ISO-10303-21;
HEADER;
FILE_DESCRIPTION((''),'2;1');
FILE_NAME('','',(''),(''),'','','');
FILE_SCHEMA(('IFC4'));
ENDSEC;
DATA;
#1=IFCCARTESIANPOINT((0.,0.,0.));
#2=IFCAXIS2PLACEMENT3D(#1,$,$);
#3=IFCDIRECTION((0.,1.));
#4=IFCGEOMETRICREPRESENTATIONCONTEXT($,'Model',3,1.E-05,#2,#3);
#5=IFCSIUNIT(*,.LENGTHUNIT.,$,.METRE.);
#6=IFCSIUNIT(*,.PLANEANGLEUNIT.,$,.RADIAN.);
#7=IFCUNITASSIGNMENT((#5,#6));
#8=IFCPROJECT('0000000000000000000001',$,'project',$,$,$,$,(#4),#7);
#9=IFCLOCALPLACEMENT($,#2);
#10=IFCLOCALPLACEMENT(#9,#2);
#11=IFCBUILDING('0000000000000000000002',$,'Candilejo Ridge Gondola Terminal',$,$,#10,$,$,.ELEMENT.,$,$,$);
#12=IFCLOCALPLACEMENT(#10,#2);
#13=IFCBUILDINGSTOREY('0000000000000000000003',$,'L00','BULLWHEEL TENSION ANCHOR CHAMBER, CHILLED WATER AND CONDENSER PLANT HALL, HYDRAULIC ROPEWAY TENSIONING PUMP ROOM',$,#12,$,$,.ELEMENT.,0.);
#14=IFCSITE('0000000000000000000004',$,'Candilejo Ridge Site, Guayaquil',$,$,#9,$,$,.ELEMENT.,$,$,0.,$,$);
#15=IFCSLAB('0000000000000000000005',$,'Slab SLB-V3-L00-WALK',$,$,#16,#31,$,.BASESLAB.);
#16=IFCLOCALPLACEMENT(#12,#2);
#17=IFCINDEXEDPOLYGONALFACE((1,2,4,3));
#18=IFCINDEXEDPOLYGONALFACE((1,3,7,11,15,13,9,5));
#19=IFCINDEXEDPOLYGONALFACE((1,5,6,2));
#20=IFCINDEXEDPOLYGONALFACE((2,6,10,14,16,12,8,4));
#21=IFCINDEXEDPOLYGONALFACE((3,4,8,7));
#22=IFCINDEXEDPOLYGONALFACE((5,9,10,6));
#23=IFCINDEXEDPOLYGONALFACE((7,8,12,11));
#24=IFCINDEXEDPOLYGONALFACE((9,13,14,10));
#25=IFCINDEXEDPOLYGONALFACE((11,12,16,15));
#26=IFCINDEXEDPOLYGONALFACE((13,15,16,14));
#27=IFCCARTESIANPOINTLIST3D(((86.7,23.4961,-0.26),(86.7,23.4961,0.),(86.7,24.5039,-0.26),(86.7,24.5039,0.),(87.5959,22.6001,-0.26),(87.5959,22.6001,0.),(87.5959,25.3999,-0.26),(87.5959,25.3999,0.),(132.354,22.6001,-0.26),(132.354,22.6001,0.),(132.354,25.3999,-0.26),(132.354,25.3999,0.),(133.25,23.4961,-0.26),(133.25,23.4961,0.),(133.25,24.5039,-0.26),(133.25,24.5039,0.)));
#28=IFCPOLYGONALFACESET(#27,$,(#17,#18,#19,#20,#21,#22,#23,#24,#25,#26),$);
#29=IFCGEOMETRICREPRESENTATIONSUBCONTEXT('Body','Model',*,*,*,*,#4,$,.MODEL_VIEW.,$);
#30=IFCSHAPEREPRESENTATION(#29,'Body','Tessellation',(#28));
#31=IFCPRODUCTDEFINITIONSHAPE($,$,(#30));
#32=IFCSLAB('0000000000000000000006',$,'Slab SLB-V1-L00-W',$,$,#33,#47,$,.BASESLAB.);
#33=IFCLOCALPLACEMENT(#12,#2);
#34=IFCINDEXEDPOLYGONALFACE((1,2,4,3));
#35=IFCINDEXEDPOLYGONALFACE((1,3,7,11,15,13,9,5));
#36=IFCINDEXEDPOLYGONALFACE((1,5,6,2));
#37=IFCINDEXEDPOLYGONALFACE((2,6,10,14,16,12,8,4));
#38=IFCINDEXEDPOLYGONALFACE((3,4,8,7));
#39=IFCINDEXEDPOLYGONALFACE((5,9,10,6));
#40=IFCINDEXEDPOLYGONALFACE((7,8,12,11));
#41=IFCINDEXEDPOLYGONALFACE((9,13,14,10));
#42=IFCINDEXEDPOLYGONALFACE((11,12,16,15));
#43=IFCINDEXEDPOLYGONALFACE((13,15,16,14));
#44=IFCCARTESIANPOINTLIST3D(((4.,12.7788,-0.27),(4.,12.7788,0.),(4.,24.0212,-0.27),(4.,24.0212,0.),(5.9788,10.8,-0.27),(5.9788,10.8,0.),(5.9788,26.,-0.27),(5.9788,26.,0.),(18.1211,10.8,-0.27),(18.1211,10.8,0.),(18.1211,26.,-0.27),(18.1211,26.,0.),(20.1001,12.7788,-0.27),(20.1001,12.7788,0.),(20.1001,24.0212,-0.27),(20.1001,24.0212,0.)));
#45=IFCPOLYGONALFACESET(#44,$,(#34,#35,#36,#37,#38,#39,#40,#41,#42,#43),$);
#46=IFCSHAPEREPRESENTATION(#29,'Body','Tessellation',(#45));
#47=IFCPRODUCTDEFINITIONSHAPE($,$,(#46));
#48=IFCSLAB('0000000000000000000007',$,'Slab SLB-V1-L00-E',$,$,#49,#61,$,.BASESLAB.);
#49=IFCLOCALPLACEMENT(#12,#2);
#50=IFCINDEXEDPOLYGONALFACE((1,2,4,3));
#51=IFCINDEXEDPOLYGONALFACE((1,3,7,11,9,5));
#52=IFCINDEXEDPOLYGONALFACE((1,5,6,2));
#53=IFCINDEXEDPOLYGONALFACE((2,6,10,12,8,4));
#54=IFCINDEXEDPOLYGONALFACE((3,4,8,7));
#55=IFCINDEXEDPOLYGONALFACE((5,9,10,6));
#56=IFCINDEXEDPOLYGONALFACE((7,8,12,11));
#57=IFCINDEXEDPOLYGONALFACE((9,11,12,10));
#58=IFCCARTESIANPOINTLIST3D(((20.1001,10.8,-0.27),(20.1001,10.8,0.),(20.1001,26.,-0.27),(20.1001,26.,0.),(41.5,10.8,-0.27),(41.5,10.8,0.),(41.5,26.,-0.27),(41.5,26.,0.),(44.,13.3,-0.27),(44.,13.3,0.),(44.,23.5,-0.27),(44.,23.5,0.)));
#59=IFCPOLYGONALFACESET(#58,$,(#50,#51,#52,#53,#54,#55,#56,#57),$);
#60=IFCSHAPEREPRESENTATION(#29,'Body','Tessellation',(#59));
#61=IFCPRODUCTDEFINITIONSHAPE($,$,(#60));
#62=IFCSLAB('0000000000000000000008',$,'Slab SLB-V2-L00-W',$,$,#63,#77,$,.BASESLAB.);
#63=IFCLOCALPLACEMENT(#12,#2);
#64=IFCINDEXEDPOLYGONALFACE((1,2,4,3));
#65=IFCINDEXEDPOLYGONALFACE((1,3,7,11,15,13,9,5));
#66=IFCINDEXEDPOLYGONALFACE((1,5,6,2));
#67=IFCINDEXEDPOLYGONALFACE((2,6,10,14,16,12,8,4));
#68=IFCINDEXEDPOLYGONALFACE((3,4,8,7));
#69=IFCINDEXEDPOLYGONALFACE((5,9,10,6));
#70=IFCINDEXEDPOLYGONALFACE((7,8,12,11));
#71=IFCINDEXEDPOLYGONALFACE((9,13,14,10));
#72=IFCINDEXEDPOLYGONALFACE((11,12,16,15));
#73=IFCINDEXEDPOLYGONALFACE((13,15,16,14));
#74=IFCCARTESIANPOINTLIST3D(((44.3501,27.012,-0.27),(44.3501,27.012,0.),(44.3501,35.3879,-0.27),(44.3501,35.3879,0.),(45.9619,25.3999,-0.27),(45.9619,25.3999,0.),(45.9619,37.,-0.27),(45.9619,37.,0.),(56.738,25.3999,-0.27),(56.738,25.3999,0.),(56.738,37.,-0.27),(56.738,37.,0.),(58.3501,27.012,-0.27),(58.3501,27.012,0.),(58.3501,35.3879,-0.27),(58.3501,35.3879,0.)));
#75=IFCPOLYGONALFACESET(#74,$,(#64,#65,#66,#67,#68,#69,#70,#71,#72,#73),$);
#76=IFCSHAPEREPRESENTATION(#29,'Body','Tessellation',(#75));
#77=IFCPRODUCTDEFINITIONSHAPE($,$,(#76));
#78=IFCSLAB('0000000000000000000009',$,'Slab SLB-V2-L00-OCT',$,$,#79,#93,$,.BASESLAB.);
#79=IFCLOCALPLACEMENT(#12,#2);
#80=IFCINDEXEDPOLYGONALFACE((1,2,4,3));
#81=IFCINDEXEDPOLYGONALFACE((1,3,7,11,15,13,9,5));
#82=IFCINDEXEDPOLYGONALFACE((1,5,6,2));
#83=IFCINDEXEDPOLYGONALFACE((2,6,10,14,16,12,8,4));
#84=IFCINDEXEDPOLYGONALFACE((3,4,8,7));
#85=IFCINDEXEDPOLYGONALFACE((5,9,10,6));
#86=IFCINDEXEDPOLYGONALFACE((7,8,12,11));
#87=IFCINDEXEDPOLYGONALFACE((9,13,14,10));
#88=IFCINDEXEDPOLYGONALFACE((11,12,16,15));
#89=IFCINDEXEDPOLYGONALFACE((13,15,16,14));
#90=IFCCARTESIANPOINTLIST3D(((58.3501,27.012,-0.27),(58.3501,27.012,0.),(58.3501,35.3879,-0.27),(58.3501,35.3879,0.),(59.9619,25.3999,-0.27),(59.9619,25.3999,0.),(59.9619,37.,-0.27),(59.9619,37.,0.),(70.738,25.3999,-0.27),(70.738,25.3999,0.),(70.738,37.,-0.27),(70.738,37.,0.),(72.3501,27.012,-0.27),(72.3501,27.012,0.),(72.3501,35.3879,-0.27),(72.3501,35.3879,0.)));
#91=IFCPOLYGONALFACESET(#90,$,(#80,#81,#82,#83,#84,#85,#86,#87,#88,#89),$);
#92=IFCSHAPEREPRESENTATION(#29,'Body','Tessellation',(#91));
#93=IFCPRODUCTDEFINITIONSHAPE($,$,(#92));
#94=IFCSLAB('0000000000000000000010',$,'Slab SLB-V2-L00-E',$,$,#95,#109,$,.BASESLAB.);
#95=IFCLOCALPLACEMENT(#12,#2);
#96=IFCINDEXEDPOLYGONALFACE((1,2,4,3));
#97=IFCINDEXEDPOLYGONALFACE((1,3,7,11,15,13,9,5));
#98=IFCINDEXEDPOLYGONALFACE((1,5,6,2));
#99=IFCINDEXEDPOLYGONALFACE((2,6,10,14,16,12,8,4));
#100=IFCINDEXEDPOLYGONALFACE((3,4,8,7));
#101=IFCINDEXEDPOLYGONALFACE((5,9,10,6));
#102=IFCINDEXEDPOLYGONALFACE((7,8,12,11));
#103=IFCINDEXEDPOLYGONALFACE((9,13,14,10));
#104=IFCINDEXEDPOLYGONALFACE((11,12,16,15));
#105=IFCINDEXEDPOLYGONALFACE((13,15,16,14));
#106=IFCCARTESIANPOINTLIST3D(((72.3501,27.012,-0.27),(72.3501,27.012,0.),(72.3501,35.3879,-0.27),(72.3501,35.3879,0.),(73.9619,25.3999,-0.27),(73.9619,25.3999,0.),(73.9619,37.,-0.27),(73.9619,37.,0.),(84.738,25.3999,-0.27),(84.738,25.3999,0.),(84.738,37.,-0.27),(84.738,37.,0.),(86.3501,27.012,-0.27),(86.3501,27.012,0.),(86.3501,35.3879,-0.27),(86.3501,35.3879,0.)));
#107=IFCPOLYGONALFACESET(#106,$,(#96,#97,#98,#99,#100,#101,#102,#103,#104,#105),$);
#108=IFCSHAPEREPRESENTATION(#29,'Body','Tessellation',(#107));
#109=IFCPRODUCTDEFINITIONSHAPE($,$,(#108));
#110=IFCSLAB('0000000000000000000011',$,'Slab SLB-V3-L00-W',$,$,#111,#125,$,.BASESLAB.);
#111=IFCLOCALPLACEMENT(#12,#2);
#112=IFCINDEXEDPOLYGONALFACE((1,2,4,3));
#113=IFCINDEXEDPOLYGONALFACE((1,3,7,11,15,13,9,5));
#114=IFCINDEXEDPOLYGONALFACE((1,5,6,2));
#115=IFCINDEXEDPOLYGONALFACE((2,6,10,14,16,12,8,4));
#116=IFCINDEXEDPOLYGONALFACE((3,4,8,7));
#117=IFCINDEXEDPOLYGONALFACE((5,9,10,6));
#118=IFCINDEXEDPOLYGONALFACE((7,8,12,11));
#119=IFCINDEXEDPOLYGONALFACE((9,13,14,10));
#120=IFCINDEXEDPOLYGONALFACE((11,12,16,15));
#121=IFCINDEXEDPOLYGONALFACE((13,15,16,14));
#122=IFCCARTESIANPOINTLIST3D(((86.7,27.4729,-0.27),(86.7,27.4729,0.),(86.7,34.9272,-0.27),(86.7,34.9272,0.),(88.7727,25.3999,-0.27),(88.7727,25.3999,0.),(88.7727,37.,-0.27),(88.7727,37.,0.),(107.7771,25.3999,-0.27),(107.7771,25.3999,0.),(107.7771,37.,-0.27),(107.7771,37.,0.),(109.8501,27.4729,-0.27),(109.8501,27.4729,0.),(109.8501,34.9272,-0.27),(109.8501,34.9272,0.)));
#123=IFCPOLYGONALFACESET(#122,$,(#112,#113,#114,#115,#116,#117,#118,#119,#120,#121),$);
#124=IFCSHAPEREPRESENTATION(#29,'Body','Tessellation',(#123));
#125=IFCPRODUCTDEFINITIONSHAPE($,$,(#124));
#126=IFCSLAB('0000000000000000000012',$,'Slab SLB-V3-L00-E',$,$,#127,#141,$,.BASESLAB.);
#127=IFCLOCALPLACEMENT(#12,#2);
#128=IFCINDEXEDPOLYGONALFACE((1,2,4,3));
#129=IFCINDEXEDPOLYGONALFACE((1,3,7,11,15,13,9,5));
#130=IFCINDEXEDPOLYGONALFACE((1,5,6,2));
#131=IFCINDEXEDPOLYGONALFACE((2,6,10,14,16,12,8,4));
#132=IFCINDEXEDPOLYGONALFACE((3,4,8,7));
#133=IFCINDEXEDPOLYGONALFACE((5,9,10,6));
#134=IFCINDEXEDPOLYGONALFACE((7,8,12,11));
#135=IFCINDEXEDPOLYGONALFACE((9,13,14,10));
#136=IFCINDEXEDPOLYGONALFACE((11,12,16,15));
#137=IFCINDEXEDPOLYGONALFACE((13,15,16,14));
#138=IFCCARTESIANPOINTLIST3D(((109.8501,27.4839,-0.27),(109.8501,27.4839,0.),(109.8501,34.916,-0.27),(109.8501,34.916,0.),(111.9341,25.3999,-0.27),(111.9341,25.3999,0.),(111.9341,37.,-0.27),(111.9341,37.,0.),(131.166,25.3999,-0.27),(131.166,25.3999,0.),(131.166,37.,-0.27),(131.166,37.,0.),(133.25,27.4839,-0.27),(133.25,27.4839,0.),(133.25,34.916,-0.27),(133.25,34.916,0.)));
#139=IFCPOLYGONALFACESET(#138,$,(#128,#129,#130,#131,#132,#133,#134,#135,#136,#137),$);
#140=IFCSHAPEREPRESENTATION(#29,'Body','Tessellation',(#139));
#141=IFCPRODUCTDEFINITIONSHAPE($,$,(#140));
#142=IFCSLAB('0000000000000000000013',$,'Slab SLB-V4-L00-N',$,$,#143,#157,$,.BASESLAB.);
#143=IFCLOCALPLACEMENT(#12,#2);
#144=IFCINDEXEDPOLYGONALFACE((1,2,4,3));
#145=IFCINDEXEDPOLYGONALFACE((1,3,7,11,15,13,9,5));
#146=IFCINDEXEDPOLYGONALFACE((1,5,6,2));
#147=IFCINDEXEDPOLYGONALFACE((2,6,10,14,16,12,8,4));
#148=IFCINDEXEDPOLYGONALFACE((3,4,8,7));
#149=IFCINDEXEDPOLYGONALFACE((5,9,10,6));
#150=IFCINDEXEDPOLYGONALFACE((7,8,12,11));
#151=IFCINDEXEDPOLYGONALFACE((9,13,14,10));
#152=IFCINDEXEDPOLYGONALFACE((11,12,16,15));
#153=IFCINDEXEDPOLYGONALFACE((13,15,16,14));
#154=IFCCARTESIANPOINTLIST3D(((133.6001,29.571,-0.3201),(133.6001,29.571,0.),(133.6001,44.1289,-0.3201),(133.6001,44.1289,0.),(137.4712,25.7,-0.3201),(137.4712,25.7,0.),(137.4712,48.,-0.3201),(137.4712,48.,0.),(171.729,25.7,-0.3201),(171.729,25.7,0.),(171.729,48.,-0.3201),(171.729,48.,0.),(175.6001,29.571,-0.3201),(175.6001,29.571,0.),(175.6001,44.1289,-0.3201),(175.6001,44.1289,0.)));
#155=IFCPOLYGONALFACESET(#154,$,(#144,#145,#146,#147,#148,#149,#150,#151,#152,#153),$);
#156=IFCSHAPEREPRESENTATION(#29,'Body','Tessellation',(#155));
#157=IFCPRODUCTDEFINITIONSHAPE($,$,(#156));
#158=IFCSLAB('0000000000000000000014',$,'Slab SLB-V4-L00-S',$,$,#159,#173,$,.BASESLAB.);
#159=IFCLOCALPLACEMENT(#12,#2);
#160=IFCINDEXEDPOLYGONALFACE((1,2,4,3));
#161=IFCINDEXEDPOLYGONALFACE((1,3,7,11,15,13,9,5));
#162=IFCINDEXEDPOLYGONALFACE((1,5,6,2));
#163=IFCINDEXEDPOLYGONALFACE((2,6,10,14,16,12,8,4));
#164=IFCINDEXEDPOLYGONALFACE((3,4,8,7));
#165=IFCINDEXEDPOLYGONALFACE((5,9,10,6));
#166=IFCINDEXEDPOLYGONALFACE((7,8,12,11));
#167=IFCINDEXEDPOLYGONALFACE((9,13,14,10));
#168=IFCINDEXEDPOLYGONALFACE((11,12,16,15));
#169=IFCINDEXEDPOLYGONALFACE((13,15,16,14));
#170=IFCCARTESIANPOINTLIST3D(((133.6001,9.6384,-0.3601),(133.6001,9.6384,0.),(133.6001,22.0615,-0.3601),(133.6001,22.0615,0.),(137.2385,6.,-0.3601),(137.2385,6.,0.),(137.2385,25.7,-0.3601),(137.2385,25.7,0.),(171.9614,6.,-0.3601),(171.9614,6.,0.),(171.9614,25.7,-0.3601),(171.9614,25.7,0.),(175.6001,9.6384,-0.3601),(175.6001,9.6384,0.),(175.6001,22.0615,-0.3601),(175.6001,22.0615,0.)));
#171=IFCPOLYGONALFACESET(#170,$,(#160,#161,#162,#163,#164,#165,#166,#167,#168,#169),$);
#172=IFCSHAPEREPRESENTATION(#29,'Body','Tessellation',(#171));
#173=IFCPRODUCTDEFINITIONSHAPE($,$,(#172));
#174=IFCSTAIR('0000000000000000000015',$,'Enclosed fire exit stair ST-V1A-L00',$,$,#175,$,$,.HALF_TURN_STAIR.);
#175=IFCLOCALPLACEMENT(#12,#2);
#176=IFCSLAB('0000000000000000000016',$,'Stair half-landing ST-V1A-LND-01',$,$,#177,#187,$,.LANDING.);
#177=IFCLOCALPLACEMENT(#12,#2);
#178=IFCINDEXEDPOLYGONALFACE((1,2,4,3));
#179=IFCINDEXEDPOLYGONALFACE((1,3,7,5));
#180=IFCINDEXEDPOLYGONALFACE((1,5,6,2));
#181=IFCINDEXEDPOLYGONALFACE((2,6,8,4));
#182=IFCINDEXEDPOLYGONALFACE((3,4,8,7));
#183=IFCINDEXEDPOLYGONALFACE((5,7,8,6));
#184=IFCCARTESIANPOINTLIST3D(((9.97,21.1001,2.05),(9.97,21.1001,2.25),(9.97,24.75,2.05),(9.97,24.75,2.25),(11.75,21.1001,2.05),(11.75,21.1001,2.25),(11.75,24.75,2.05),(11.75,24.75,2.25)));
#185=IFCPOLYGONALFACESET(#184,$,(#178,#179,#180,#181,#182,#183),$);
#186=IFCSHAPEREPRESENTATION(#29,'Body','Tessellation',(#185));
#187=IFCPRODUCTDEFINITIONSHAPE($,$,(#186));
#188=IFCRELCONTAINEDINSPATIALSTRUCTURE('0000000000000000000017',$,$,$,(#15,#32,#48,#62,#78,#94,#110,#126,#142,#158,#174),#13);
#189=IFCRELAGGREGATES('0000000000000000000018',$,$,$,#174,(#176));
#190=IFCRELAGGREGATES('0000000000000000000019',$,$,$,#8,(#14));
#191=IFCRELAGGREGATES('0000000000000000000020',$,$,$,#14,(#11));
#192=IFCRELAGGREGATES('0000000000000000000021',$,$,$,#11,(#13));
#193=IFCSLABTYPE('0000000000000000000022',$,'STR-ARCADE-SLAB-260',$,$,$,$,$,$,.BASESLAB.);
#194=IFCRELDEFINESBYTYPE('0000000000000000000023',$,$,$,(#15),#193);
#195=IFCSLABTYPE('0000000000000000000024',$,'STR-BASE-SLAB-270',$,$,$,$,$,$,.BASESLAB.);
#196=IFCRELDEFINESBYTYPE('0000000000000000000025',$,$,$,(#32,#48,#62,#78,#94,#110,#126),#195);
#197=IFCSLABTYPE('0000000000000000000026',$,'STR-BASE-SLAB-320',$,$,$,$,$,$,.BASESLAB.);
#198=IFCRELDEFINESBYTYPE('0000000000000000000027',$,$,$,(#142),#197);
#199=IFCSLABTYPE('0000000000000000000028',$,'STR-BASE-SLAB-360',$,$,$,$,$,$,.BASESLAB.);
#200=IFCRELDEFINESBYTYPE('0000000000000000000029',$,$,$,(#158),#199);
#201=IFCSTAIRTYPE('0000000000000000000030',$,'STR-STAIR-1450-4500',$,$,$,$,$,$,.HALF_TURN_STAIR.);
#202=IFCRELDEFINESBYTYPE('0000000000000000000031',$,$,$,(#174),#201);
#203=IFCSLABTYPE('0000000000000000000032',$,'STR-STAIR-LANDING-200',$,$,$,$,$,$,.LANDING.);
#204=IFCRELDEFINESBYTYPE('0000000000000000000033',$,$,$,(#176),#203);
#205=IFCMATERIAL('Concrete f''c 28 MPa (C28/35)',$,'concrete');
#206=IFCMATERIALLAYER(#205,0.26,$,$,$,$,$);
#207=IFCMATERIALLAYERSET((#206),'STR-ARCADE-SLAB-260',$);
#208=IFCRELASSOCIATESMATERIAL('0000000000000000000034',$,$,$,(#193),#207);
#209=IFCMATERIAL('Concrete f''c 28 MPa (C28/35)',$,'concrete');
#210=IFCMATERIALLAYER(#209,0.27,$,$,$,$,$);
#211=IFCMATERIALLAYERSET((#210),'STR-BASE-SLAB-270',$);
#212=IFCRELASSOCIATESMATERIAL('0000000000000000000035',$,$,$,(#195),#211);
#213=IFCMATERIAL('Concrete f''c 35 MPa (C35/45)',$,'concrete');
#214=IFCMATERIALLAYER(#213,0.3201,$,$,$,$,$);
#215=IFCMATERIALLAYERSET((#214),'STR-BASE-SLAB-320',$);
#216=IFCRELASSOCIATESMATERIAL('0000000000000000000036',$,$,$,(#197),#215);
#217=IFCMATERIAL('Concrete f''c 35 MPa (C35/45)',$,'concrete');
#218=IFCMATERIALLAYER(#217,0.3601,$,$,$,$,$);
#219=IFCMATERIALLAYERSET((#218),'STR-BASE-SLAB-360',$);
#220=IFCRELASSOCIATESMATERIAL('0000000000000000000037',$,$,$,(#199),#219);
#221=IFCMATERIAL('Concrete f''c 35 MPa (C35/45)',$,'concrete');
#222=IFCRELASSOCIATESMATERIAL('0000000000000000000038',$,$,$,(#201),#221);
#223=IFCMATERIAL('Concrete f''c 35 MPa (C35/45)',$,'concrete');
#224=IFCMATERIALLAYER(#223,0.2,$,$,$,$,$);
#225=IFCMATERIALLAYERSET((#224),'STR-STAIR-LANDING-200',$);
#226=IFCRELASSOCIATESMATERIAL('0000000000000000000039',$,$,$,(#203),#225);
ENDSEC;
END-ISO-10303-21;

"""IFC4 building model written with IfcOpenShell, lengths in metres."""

from ifc_helpers import new_model, si_unit, direction, frame, origin, place, context, subcontext, project, spatial, polyline, outline, extrude, material, layer, layer_set, type_object, element, aggregate, save


model = new_model("IFC4")

# Units and contexts
model_context = context("Model", 3, precision=1e-05, world=origin(), true_north=direction((0.0, 1.0)))
body_context = subcontext(model_context, "Body", "Model", "MODEL_VIEW")
ifc_project = project(units=[si_unit("LENGTHUNIT", "METRE"), si_unit("PLANEANGLEUNIT", "RADIAN")], contexts=[model_context])

# Site, building, storey
site_placement = place(None, origin())
site = spatial("IfcSite", under=ifc_project, at=site_placement, Name="Candilejo Ridge Site, Guayaquil", CompositionType="ELEMENT", RefElevation=0.0)
building_placement = place(site_placement, origin())
building = spatial("IfcBuilding", under=site, at=building_placement, Name="Candilejo Ridge Gondola Terminal", CompositionType="ELEMENT")
storey_placement = place(building_placement, origin())
storey = spatial("IfcBuildingStorey", under=building, at=storey_placement, Name="L00", Description="BULLWHEEL TENSION ANCHOR CHAMBER, CHILLED WATER AND CONDENSER PLANT HALL, HYDRAULIC ROPEWAY TENSIONING PUMP ROOM", CompositionType="ELEMENT", Elevation=0.0)

# Slabs
ifc_material_1 = material(Name="Concrete f'c 28 MPa (C28/35)", Category="concrete")
ifc_layer_1 = layer(ifc_material_1, 0.26)
ifc_layer_set_1 = layer_set([ifc_layer_1], Name="STR-ARCADE-SLAB-260")
slab_type_1 = type_object("IfcSlabType", Name="STR-ARCADE-SLAB-260", PredefinedType="BASESLAB", material=ifc_layer_set_1)
slab_1_placement = place(storey_placement, frame((0.0, 0.0, -0.26)))
element("IfcSlab", 1, at=slab_1_placement, inside=storey, type_object=slab_type_1, Name="Slab SLB-V3-L00-WALK", PredefinedType="BASESLAB", context=body_context, shape_type="SweptSolid", body=[
    extrude(outline(polyline([(87.5959, 22.6001), (132.354, 22.6001), (133.25, 23.4961), (133.25, 24.5039), (132.354, 25.3999), (87.5959, 25.3999), (86.7, 24.5039), (86.7, 23.4961), (87.5959, 22.6001)])), origin(), (0.0, 0.0, 1.0), 0.26),
])
ifc_material_2 = material(Name="Concrete f'c 28 MPa (C28/35)", Category="concrete")
ifc_layer_2 = layer(ifc_material_2, 0.27)
ifc_layer_set_2 = layer_set([ifc_layer_2], Name="STR-BASE-SLAB-270")
slab_type_2 = type_object("IfcSlabType", Name="STR-BASE-SLAB-270", PredefinedType="BASESLAB", material=ifc_layer_set_2)
slab_2_placement = place(storey_placement, frame((0.0, 0.0, -0.27)))
element("IfcSlab", 2, at=slab_2_placement, inside=storey, type_object=slab_type_2, Name="Slab SLB-V1-L00-W", PredefinedType="BASESLAB", context=body_context, shape_type="SweptSolid", body=[
    extrude(outline(polyline([(5.9788, 10.8), (18.1211, 10.8), (20.1001, 12.7788), (20.1001, 24.0212), (18.1211, 26.0), (5.9788, 26.0), (4.0, 24.0212), (4.0, 12.7788), (5.9788, 10.8)])), origin(), (0.0, 0.0, 1.0), 0.27),
])
slab_3_placement = place(storey_placement, frame((0.0, 0.0, -0.27)))
element("IfcSlab", 3, at=slab_3_placement, inside=storey, type_object=slab_type_2, Name="Slab SLB-V1-L00-E", PredefinedType="BASESLAB", context=body_context, shape_type="SweptSolid", body=[
    extrude(outline(polyline([(20.1001, 10.8), (41.5, 10.8), (44.0, 13.3), (44.0, 23.5), (41.5, 26.0), (20.1001, 26.0), (20.1001, 10.8)])), origin(), (0.0, 0.0, 1.0), 0.27),
])
slab_4_placement = place(storey_placement, frame((0.0, 0.0, -0.27)))
element("IfcSlab", 4, at=slab_4_placement, inside=storey, type_object=slab_type_2, Name="Slab SLB-V2-L00-W", PredefinedType="BASESLAB", context=body_context, shape_type="SweptSolid", body=[
    extrude(outline(polyline([(45.9619, 25.3999), (56.738, 25.3999), (58.3501, 27.012), (58.3501, 35.3879), (56.738, 37.0), (45.9619, 37.0), (44.3501, 35.3879), (44.3501, 27.012), (45.9619, 25.3999)])), origin(), (0.0, 0.0, 1.0), 0.27),
])
slab_5_placement = place(storey_placement, frame((0.0, 0.0, -0.27)))
element("IfcSlab", 5, at=slab_5_placement, inside=storey, type_object=slab_type_2, Name="Slab SLB-V2-L00-OCT", PredefinedType="BASESLAB", context=body_context, shape_type="SweptSolid", body=[
    extrude(outline(polyline([(59.9619, 25.3999), (70.738, 25.3999), (72.3501, 27.012), (72.3501, 35.3879), (70.738, 37.0), (59.9619, 37.0), (58.3501, 35.3879), (58.3501, 27.012), (59.9619, 25.3999)])), origin(), (0.0, 0.0, 1.0), 0.27),
])
slab_6_placement = place(storey_placement, frame((0.0, 0.0, -0.27)))
element("IfcSlab", 6, at=slab_6_placement, inside=storey, type_object=slab_type_2, Name="Slab SLB-V2-L00-E", PredefinedType="BASESLAB", context=body_context, shape_type="SweptSolid", body=[
    extrude(outline(polyline([(73.9619, 25.3999), (84.738, 25.3999), (86.3501, 27.012), (86.3501, 35.3879), (84.738, 37.0), (73.9619, 37.0), (72.3501, 35.3879), (72.3501, 27.012), (73.9619, 25.3999)])), origin(), (0.0, 0.0, 1.0), 0.27),
])
slab_7_placement = place(storey_placement, frame((0.0, 0.0, -0.27)))
element("IfcSlab", 7, at=slab_7_placement, inside=storey, type_object=slab_type_2, Name="Slab SLB-V3-L00-W", PredefinedType="BASESLAB", context=body_context, shape_type="SweptSolid", body=[
    extrude(outline(polyline([(88.7727, 25.3999), (107.7771, 25.3999), (109.8501, 27.4729), (109.8501, 34.9272), (107.7771, 37.0), (88.7727, 37.0), (86.7, 34.9272), (86.7, 27.4729), (88.7727, 25.3999)])), origin(), (0.0, 0.0, 1.0), 0.27),
])
slab_8_placement = place(storey_placement, frame((0.0, 0.0, -0.27)))
element("IfcSlab", 8, at=slab_8_placement, inside=storey, type_object=slab_type_2, Name="Slab SLB-V3-L00-E", PredefinedType="BASESLAB", context=body_context, shape_type="SweptSolid", body=[
    extrude(outline(polyline([(111.9341, 25.3999), (131.166, 25.3999), (133.25, 27.4839), (133.25, 34.916), (131.166, 37.0), (111.9341, 37.0), (109.8501, 34.916), (109.8501, 27.4839), (111.9341, 25.3999)])), origin(), (0.0, 0.0, 1.0), 0.27),
])
ifc_material_3 = material(Name="Concrete f'c 35 MPa (C35/45)", Category="concrete")
ifc_layer_3 = layer(ifc_material_3, 0.3201)
ifc_layer_set_3 = layer_set([ifc_layer_3], Name="STR-BASE-SLAB-320")
slab_type_3 = type_object("IfcSlabType", Name="STR-BASE-SLAB-320", PredefinedType="BASESLAB", material=ifc_layer_set_3)
slab_9_placement = place(storey_placement, frame((0.0, 0.0, -0.3201)))
element("IfcSlab", 9, at=slab_9_placement, inside=storey, type_object=slab_type_3, Name="Slab SLB-V4-L00-N", PredefinedType="BASESLAB", context=body_context, shape_type="SweptSolid", body=[
    extrude(outline(polyline([(137.4712, 25.7), (171.729, 25.7), (175.6001, 29.571), (175.6001, 44.1289), (171.729, 48.0), (137.4712, 48.0), (133.6001, 44.1289), (133.6001, 29.571), (137.4712, 25.7)])), origin(), (0.0, 0.0, 1.0), 0.3201),
])
ifc_material_4 = material(Name="Concrete f'c 35 MPa (C35/45)", Category="concrete")
ifc_layer_4 = layer(ifc_material_4, 0.3601)
ifc_layer_set_4 = layer_set([ifc_layer_4], Name="STR-BASE-SLAB-360")
slab_type_4 = type_object("IfcSlabType", Name="STR-BASE-SLAB-360", PredefinedType="BASESLAB", material=ifc_layer_set_4)
slab_10_placement = place(storey_placement, frame((0.0, 0.0, -0.3601)))
element("IfcSlab", 10, at=slab_10_placement, inside=storey, type_object=slab_type_4, Name="Slab SLB-V4-L00-S", PredefinedType="BASESLAB", context=body_context, shape_type="SweptSolid", body=[
    extrude(outline(polyline([(137.2385, 6.0), (171.9614, 6.0), (175.6001, 9.6384), (175.6001, 22.0615), (171.9614, 25.7), (137.2385, 25.7), (133.6001, 22.0615), (133.6001, 9.6384), (137.2385, 6.0)])), origin(), (0.0, 0.0, 1.0), 0.3601),
])

# Stair, slab
ifc_material_5 = material(Name="Concrete f'c 35 MPa (C35/45)", Category="concrete")
stair_type = type_object("IfcStairType", Name="STR-STAIR-1450-4500", PredefinedType="HALF_TURN_STAIR", material=ifc_material_5)
stair_1_placement = place(storey_placement, origin())
stair_1 = element("IfcStair", 11, at=stair_1_placement, inside=storey, type_object=stair_type, Name="Enclosed fire exit stair ST-V1A-L00", PredefinedType="HALF_TURN_STAIR")
ifc_material_6 = material(Name="Concrete f'c 35 MPa (C35/45)", Category="concrete")
ifc_layer_5 = layer(ifc_material_6, 0.2)
ifc_layer_set_5 = layer_set([ifc_layer_5], Name="STR-STAIR-LANDING-200")
slab_type_5 = type_object("IfcSlabType", Name="STR-STAIR-LANDING-200", PredefinedType="LANDING", material=ifc_layer_set_5)
slab_11_placement = place(storey_placement, frame((0.0, 0.0, 2.05)))
slab_11 = element("IfcSlab", 12, at=slab_11_placement, type_object=slab_type_5, Name="Stair half-landing ST-V1A-LND-01", PredefinedType="LANDING", context=body_context, shape_type="SweptSolid", body=[
    extrude(outline(polyline([(9.97, 21.1001), (11.75, 21.1001), (11.75, 24.75), (9.97, 24.75), (9.97, 21.1001)])), origin(), (0.0, 0.0, 1.0), 0.2),
])
aggregate(stair_1, [slab_11])

save(model, "model.ifc")
